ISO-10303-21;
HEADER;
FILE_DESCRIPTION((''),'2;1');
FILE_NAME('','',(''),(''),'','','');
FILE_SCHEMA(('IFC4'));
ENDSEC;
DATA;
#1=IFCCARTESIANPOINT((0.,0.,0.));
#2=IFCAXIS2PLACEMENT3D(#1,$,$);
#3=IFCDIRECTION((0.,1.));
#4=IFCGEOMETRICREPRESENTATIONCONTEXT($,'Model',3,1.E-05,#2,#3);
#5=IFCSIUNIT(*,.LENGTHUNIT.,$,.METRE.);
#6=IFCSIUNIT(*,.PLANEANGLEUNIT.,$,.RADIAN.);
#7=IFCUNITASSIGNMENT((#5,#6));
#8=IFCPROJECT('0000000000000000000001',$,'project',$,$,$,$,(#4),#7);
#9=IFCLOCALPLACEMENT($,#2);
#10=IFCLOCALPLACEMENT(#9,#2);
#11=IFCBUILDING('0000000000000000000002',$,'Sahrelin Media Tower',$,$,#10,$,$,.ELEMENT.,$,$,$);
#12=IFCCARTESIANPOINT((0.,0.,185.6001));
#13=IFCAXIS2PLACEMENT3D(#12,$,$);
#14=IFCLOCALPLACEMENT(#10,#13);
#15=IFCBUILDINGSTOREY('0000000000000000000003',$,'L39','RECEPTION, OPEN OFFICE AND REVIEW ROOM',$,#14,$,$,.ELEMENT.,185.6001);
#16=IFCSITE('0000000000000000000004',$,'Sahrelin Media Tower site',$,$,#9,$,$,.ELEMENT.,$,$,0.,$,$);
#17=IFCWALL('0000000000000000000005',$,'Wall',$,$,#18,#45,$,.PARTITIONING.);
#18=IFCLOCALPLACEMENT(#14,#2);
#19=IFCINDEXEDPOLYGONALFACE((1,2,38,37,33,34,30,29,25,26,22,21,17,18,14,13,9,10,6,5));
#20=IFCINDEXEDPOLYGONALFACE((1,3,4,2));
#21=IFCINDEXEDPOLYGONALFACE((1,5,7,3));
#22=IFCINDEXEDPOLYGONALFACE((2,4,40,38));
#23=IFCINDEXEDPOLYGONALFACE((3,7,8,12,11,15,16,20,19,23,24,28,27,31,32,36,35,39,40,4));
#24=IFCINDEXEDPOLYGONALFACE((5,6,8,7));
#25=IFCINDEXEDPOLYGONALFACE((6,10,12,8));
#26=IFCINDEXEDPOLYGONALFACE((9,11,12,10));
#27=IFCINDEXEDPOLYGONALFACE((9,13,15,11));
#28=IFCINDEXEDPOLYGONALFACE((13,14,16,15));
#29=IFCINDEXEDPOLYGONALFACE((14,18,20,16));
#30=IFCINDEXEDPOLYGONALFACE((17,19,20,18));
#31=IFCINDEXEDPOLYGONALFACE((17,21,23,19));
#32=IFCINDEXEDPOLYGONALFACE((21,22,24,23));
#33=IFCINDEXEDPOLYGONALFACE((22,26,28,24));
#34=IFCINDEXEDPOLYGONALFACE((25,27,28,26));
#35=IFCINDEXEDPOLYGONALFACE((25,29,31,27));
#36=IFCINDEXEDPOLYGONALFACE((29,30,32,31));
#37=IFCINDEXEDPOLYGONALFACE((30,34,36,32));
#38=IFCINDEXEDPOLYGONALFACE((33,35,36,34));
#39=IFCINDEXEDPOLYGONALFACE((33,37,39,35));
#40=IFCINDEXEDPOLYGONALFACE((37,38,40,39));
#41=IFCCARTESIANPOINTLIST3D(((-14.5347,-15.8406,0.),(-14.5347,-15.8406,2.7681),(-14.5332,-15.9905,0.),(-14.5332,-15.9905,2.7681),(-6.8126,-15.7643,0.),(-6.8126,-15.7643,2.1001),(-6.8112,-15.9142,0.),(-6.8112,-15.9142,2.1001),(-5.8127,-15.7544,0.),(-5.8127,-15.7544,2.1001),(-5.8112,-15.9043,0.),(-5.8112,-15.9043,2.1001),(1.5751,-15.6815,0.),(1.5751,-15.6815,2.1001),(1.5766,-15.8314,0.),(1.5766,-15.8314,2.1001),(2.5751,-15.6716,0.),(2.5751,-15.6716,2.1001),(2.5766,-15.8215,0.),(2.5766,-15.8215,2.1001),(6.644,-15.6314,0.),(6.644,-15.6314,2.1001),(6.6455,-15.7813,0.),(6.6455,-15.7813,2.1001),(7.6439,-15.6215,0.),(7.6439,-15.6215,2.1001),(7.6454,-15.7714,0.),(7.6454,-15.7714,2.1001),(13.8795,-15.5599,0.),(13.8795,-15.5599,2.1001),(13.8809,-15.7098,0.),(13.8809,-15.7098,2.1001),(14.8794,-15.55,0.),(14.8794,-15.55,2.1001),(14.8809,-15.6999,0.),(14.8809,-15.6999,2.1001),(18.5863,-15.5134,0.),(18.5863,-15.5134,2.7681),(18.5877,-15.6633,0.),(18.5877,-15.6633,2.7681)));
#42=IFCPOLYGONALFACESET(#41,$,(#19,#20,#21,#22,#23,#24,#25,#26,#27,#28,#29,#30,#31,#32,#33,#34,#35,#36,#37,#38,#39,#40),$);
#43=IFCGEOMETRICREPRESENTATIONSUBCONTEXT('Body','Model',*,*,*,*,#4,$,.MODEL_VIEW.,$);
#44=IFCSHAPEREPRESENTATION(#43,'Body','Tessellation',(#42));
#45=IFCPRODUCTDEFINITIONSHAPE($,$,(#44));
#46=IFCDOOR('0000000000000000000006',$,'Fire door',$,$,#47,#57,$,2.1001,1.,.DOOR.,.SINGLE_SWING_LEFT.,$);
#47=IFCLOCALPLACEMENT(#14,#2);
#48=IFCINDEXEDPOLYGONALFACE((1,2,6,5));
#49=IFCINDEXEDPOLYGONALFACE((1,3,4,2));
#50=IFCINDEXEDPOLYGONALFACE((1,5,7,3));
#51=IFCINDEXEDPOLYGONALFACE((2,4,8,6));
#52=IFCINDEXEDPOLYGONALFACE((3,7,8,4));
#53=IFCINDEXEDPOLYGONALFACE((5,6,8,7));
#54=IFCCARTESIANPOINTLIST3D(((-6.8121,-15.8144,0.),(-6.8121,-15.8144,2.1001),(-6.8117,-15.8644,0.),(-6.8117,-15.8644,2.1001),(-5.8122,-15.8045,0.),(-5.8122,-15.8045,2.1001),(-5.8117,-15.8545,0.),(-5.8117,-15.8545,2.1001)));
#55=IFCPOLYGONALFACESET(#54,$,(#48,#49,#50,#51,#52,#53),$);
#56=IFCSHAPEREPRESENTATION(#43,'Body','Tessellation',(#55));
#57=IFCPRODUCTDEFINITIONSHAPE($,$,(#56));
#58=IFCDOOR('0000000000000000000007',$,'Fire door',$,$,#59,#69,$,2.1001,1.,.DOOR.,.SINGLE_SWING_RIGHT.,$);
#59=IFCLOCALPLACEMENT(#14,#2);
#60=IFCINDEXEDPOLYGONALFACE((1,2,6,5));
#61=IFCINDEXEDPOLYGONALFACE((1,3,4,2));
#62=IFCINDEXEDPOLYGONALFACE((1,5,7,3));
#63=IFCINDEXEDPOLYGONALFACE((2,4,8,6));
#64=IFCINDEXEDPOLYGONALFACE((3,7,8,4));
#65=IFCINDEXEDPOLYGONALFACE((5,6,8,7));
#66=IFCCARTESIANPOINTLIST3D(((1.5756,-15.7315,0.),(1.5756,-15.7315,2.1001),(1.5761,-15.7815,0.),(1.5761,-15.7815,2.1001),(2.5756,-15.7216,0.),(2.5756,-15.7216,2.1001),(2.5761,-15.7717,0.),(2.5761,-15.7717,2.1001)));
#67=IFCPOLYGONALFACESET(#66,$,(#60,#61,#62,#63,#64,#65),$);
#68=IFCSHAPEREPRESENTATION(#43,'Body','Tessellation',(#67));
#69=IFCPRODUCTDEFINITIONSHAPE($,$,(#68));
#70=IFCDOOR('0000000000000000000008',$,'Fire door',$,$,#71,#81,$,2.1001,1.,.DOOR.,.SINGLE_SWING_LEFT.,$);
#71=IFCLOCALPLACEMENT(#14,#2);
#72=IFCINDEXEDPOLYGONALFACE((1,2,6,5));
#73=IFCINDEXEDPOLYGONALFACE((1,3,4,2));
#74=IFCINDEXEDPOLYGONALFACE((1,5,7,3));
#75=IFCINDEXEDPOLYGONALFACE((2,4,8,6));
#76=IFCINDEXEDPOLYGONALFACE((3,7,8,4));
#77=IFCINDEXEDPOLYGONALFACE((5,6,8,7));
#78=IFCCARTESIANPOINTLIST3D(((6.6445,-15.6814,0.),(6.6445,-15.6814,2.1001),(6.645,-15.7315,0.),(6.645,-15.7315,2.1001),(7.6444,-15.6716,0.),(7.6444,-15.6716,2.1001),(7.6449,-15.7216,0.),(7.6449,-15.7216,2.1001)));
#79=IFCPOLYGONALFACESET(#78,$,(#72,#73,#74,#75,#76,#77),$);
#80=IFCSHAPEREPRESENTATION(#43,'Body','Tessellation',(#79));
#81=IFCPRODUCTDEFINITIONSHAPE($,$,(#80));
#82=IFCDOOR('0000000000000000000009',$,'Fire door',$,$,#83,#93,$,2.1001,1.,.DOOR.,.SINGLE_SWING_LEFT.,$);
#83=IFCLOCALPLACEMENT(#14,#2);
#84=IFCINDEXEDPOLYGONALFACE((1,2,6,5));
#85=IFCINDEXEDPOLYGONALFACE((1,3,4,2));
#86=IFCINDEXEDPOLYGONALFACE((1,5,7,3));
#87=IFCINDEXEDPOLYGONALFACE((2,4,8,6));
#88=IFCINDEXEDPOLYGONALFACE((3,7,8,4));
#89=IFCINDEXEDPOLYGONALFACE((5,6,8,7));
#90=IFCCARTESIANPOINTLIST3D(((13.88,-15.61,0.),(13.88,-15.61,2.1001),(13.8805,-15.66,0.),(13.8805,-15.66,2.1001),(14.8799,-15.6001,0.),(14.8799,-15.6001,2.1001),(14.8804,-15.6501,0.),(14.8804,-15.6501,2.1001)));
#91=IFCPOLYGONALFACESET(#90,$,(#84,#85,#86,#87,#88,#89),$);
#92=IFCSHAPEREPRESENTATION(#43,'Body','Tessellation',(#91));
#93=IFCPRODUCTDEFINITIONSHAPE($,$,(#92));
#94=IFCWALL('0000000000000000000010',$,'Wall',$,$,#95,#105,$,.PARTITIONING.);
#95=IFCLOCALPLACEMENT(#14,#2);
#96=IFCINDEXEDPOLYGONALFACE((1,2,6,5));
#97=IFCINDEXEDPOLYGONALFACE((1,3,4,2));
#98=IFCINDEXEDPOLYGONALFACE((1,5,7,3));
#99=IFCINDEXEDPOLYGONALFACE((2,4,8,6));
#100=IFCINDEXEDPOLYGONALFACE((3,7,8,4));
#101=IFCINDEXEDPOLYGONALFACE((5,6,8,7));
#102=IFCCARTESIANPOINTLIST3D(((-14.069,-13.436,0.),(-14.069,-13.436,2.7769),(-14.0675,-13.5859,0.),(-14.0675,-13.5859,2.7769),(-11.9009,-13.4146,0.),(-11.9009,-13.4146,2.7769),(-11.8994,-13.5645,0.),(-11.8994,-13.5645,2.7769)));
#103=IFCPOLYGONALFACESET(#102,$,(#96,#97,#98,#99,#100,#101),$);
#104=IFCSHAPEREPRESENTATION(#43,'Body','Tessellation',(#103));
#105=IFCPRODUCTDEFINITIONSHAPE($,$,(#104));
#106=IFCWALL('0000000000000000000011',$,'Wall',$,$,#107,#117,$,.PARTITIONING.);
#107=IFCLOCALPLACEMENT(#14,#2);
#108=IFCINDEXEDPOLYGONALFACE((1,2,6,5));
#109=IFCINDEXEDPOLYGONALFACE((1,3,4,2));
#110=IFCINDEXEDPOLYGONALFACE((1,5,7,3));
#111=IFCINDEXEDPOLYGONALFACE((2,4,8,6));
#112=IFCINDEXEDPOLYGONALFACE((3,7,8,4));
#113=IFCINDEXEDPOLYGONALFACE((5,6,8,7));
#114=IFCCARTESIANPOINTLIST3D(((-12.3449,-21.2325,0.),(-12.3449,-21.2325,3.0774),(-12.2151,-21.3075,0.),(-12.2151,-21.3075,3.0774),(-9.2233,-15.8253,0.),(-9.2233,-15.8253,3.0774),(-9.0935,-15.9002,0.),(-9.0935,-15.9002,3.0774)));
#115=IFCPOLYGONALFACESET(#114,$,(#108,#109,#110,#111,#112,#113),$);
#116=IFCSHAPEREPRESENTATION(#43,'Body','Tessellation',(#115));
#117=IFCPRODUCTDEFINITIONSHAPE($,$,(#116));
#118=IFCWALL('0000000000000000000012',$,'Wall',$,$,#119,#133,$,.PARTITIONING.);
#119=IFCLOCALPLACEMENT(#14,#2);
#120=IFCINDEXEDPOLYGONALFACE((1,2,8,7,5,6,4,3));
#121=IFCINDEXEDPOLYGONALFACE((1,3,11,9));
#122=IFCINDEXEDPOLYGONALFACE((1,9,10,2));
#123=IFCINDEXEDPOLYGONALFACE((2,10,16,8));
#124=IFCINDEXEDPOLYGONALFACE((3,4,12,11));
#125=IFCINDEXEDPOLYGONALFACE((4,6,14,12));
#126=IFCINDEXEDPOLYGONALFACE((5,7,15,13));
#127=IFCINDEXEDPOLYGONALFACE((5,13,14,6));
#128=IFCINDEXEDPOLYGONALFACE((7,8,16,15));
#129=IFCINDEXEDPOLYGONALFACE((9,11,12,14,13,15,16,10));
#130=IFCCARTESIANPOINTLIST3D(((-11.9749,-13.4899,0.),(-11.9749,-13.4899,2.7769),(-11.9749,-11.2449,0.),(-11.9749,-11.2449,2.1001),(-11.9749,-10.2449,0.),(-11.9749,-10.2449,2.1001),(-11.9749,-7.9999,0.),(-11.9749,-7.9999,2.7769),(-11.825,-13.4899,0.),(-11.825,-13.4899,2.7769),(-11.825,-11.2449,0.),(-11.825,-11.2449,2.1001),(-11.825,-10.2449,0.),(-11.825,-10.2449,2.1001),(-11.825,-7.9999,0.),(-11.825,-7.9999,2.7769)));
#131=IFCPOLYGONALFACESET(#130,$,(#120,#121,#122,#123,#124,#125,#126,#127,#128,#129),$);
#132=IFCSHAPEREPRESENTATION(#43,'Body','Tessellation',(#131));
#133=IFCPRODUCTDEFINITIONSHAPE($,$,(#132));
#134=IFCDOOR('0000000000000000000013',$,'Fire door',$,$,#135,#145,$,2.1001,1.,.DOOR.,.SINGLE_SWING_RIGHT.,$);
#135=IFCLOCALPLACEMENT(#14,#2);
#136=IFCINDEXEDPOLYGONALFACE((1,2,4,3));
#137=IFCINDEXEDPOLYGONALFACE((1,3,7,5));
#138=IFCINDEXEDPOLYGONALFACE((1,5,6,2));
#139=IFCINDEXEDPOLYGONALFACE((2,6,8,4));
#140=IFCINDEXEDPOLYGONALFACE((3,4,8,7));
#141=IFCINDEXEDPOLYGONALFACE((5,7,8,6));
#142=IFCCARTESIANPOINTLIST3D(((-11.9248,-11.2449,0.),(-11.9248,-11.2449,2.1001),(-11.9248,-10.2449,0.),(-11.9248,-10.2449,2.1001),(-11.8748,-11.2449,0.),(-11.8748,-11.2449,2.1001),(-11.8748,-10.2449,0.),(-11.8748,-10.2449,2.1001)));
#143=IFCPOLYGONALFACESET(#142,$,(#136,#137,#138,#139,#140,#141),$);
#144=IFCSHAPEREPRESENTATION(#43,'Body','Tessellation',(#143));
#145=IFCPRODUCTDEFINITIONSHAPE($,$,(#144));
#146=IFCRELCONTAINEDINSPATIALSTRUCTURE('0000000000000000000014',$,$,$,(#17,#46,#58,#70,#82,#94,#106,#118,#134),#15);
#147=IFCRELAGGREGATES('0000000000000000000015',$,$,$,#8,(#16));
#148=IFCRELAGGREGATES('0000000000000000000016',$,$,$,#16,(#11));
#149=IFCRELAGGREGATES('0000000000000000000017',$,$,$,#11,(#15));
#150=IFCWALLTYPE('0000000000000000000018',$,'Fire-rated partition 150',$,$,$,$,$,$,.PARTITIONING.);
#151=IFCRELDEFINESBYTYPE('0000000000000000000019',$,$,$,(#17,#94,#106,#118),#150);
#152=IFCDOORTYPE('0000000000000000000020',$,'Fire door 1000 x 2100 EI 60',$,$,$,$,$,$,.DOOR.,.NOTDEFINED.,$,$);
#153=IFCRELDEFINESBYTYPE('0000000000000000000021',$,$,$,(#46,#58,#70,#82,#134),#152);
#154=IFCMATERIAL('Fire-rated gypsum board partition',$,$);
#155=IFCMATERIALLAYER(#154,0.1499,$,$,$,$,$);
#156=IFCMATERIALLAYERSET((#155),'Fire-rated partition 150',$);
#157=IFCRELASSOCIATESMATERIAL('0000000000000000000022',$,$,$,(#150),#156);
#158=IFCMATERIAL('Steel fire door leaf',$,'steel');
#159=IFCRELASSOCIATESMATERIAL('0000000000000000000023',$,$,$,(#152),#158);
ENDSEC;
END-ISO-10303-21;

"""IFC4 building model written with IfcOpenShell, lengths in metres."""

from ifc_helpers import new_model, si_unit, direction, frame, frame_2d, origin, place, context, subcontext, project, spatial, rectangle, extrude, material, layer, layer_set, type_object, element, fill, save


model = new_model("IFC4")

# Units and contexts
model_context = context("Model", 3, precision=1e-05, world=origin(), true_north=direction((0.0, 1.0)))
body_context = subcontext(model_context, "Body", "Model", "MODEL_VIEW")
ifc_project = project(units=[si_unit("LENGTHUNIT", "METRE"), si_unit("PLANEANGLEUNIT", "RADIAN")], contexts=[model_context])

# Site, building, storey
site_placement = place(None, origin())
site = spatial("IfcSite", under=ifc_project, at=site_placement, Name="Sahrelin Media Tower site", CompositionType="ELEMENT", RefElevation=0.0)
building_placement = place(site_placement, origin())
building = spatial("IfcBuilding", under=site, at=building_placement, Name="Sahrelin Media Tower", CompositionType="ELEMENT")
storey_placement = place(building_placement, frame((0.0, 0.0, 185.6001)))
storey = spatial("IfcBuildingStorey", under=building, at=storey_placement, Name="L39", Description="RECEPTION, OPEN OFFICE AND REVIEW ROOM", CompositionType="ELEMENT", Elevation=185.6001)

# Wall, openings, doors
ifc_material_1 = material(Name="Fire-rated gypsum board partition")
ifc_layer_1 = layer(ifc_material_1, 0.1499)
ifc_layer_set_1 = layer_set([ifc_layer_1], Name="Fire-rated partition 150")
wall_type_1 = type_object("IfcWallType", Name="Fire-rated partition 150", PredefinedType="PARTITIONING", material=ifc_layer_set_1)
wall_1_placement = place(storey_placement, frame((-14.5339, -15.9155, 0.0), z_axis=(0.0, 0.0, 1.0), x_axis=(0.999951, 0.009877, 0.0)))
wall_1 = element("IfcWall", 1, at=wall_1_placement, inside=storey, type_object=wall_type_1, Name="Wall", PredefinedType="PARTITIONING", context=body_context, shape_type="SweptSolid", body=[
    extrude(rectangle(XDim=33.1226, YDim=0.1499, at=frame_2d((16.5613, 0.0))), origin(), (0.0, 0.0, 1.0), 2.7681),
])
opening_1_placement = place(wall_1_placement, frame((7.7224, 0.0, 0.0)))
opening_1 = element("IfcOpeningElement", 2, at=opening_1_placement, cuts=wall_1, PredefinedType="OPENING", context=body_context, shape_type="SweptSolid", body=[
    extrude(rectangle(XDim=1.0, YDim=2.1001, at=frame_2d((0.5, 1.05))), frame((0.0, 0.075, 0.0), z_axis=(0.0, -1.0, 0.0), x_axis=(1.0, 0.0, 0.0)), (0.0, 0.0, 1.0), 0.1499),
])
opening_2_placement = place(wall_1_placement, frame((16.1106, 0.0, 0.0)))
opening_2 = element("IfcOpeningElement", 3, at=opening_2_placement, cuts=wall_1, PredefinedType="OPENING", context=body_context, shape_type="SweptSolid", body=[
    extrude(rectangle(XDim=1.0, YDim=2.1001, at=frame_2d((0.5, 1.05))), frame((0.0, 0.075, 0.0), z_axis=(0.0, -1.0, 0.0), x_axis=(1.0, 0.0, 0.0)), (0.0, 0.0, 1.0), 0.1499),
])
opening_3_placement = place(wall_1_placement, frame((21.1797, 0.0, 0.0)))
opening_3 = element("IfcOpeningElement", 4, at=opening_3_placement, cuts=wall_1, PredefinedType="OPENING", context=body_context, shape_type="SweptSolid", body=[
    extrude(rectangle(XDim=1.0, YDim=2.1001, at=frame_2d((0.5, 1.05))), frame((0.0, 0.075, 0.0), z_axis=(0.0, -1.0, 0.0), x_axis=(1.0, 0.0, 0.0)), (0.0, 0.0, 1.0), 0.1499),
])
opening_4_placement = place(wall_1_placement, frame((28.4155, 0.0, 0.0)))
opening_4 = element("IfcOpeningElement", 5, at=opening_4_placement, cuts=wall_1, PredefinedType="OPENING", context=body_context, shape_type="SweptSolid", body=[
    extrude(rectangle(XDim=1.0, YDim=2.1001, at=frame_2d((0.5, 1.05))), frame((0.0, 0.075, 0.0), z_axis=(0.0, -1.0, 0.0), x_axis=(1.0, 0.0, 0.0)), (0.0, 0.0, 1.0), 0.1499),
])
ifc_material_2 = material(Name="Steel fire door leaf", Category="steel")
door_type_1 = type_object("IfcDoorType", Name="Fire door 1000 x 2100 EI 60", OperationType="NOTDEFINED", PredefinedType="DOOR", material=ifc_material_2)
door_1_placement = place(opening_1_placement, origin())
door_1 = element("IfcDoor", 6, at=door_1_placement, inside=storey, type_object=door_type_1, Name="Fire door", OperationType="SINGLE_SWING_LEFT", OverallHeight=2.1001, OverallWidth=1.0, PredefinedType="DOOR", context=body_context, shape_type="SweptSolid", body=[
    extrude(rectangle(XDim=1.0, YDim=2.1001, at=frame_2d((0.5, 1.05))), frame((0.0, 0.0249, 0.0), z_axis=(0.0, -1.0, 0.0), x_axis=(1.0, 0.0, 0.0)), (0.0, 0.0, 1.0), 0.05),
])
fill(opening_1, door_1)
door_2_placement = place(opening_2_placement, origin())
door_2 = element("IfcDoor", 7, at=door_2_placement, inside=storey, type_object=door_type_1, Name="Fire door", OperationType="SINGLE_SWING_RIGHT", OverallHeight=2.1001, OverallWidth=1.0, PredefinedType="DOOR", context=body_context, shape_type="SweptSolid", body=[
    extrude(rectangle(XDim=1.0, YDim=2.1001, at=frame_2d((0.5, 1.05))), frame((0.0, 0.0249, 0.0), z_axis=(0.0, -1.0, 0.0), x_axis=(1.0, 0.0, 0.0)), (0.0, 0.0, 1.0), 0.05),
])
fill(opening_2, door_2)
door_3_placement = place(opening_3_placement, origin())
door_3 = element("IfcDoor", 8, at=door_3_placement, inside=storey, type_object=door_type_1, Name="Fire door", OperationType="SINGLE_SWING_LEFT", OverallHeight=2.1001, OverallWidth=1.0, PredefinedType="DOOR", context=body_context, shape_type="SweptSolid", body=[
    extrude(rectangle(XDim=1.0, YDim=2.1001, at=frame_2d((0.5, 1.05))), frame((0.0, 0.0249, 0.0), z_axis=(0.0, -1.0, 0.0), x_axis=(1.0, 0.0, 0.0)), (0.0, 0.0, 1.0), 0.05),
])
fill(opening_3, door_3)
door_4_placement = place(opening_4_placement, origin())
door_4 = element("IfcDoor", 9, at=door_4_placement, inside=storey, type_object=door_type_1, Name="Fire door", OperationType="SINGLE_SWING_LEFT", OverallHeight=2.1001, OverallWidth=1.0, PredefinedType="DOOR", context=body_context, shape_type="SweptSolid", body=[
    extrude(rectangle(XDim=1.0, YDim=2.1001, at=frame_2d((0.5, 1.05))), frame((0.0, 0.0249, 0.0), z_axis=(0.0, -1.0, 0.0), x_axis=(1.0, 0.0, 0.0)), (0.0, 0.0, 1.0), 0.05),
])
fill(opening_4, door_4)

# Walls
wall_2_placement = place(storey_placement, frame((-14.0681, -13.511, 0.0), z_axis=(0.0, 0.0, 1.0), x_axis=(0.999951, 0.009908, 0.0)))
element("IfcWall", 10, at=wall_2_placement, inside=storey, type_object=wall_type_1, Name="Wall", PredefinedType="PARTITIONING", context=body_context, shape_type="SweptSolid", body=[
    extrude(rectangle(XDim=2.1682, YDim=0.1499, at=frame_2d((1.084, 0.0))), origin(), (0.0, 0.0, 1.0), 2.7769),
])
wall_3_placement = place(storey_placement, frame((-12.28, -21.27, 0.0), z_axis=(0.0, 0.0, 1.0), x_axis=(0.499966, 0.866045, 0.0)))
element("IfcWall", 11, at=wall_3_placement, inside=storey, type_object=wall_type_1, Name="Wall", PredefinedType="PARTITIONING", context=body_context, shape_type="SweptSolid", body=[
    extrude(rectangle(XDim=6.2437, YDim=0.1499, at=frame_2d((3.1218, 0.0))), origin(), (0.0, 0.0, 1.0), 3.0774),
])

# Wall, opening, door
wall_4_placement = place(storey_placement, frame((-11.8999, -13.49, 0.0), z_axis=(0.0, 0.0, 1.0), x_axis=(0.0, 1.0, 0.0)))
wall_4 = element("IfcWall", 12, at=wall_4_placement, inside=storey, type_object=wall_type_1, Name="Wall", PredefinedType="PARTITIONING", context=body_context, shape_type="SweptSolid", body=[
    extrude(rectangle(XDim=5.49, YDim=0.1499, at=frame_2d((2.7451, 0.0))), origin(), (0.0, 0.0, 1.0), 2.7769),
])
opening_5_placement = place(wall_4_placement, frame((2.2451, 0.0, 0.0)))
opening_5 = element("IfcOpeningElement", 13, at=opening_5_placement, cuts=wall_4, PredefinedType="OPENING", context=body_context, shape_type="SweptSolid", body=[
    extrude(rectangle(XDim=1.0, YDim=2.1001, at=frame_2d((0.5, 1.05))), frame((0.0, 0.075, 0.0), z_axis=(0.0, -1.0, 0.0), x_axis=(1.0, 0.0, 0.0)), (0.0, 0.0, 1.0), 0.1499),
])
door_5_placement = place(opening_5_placement, origin())
door_5 = element("IfcDoor", 14, at=door_5_placement, inside=storey, type_object=door_type_1, Name="Fire door", OperationType="SINGLE_SWING_RIGHT", OverallHeight=2.1001, OverallWidth=1.0, PredefinedType="DOOR", context=body_context, shape_type="SweptSolid", body=[
    extrude(rectangle(XDim=1.0, YDim=2.1001, at=frame_2d((0.5, 1.05))), frame((0.0, 0.0249, 0.0), z_axis=(0.0, -1.0, 0.0), x_axis=(1.0, 0.0, 0.0)), (0.0, 0.0, 1.0), 0.05),
])
fill(opening_5, door_5)

save(model, "model.ifc")
